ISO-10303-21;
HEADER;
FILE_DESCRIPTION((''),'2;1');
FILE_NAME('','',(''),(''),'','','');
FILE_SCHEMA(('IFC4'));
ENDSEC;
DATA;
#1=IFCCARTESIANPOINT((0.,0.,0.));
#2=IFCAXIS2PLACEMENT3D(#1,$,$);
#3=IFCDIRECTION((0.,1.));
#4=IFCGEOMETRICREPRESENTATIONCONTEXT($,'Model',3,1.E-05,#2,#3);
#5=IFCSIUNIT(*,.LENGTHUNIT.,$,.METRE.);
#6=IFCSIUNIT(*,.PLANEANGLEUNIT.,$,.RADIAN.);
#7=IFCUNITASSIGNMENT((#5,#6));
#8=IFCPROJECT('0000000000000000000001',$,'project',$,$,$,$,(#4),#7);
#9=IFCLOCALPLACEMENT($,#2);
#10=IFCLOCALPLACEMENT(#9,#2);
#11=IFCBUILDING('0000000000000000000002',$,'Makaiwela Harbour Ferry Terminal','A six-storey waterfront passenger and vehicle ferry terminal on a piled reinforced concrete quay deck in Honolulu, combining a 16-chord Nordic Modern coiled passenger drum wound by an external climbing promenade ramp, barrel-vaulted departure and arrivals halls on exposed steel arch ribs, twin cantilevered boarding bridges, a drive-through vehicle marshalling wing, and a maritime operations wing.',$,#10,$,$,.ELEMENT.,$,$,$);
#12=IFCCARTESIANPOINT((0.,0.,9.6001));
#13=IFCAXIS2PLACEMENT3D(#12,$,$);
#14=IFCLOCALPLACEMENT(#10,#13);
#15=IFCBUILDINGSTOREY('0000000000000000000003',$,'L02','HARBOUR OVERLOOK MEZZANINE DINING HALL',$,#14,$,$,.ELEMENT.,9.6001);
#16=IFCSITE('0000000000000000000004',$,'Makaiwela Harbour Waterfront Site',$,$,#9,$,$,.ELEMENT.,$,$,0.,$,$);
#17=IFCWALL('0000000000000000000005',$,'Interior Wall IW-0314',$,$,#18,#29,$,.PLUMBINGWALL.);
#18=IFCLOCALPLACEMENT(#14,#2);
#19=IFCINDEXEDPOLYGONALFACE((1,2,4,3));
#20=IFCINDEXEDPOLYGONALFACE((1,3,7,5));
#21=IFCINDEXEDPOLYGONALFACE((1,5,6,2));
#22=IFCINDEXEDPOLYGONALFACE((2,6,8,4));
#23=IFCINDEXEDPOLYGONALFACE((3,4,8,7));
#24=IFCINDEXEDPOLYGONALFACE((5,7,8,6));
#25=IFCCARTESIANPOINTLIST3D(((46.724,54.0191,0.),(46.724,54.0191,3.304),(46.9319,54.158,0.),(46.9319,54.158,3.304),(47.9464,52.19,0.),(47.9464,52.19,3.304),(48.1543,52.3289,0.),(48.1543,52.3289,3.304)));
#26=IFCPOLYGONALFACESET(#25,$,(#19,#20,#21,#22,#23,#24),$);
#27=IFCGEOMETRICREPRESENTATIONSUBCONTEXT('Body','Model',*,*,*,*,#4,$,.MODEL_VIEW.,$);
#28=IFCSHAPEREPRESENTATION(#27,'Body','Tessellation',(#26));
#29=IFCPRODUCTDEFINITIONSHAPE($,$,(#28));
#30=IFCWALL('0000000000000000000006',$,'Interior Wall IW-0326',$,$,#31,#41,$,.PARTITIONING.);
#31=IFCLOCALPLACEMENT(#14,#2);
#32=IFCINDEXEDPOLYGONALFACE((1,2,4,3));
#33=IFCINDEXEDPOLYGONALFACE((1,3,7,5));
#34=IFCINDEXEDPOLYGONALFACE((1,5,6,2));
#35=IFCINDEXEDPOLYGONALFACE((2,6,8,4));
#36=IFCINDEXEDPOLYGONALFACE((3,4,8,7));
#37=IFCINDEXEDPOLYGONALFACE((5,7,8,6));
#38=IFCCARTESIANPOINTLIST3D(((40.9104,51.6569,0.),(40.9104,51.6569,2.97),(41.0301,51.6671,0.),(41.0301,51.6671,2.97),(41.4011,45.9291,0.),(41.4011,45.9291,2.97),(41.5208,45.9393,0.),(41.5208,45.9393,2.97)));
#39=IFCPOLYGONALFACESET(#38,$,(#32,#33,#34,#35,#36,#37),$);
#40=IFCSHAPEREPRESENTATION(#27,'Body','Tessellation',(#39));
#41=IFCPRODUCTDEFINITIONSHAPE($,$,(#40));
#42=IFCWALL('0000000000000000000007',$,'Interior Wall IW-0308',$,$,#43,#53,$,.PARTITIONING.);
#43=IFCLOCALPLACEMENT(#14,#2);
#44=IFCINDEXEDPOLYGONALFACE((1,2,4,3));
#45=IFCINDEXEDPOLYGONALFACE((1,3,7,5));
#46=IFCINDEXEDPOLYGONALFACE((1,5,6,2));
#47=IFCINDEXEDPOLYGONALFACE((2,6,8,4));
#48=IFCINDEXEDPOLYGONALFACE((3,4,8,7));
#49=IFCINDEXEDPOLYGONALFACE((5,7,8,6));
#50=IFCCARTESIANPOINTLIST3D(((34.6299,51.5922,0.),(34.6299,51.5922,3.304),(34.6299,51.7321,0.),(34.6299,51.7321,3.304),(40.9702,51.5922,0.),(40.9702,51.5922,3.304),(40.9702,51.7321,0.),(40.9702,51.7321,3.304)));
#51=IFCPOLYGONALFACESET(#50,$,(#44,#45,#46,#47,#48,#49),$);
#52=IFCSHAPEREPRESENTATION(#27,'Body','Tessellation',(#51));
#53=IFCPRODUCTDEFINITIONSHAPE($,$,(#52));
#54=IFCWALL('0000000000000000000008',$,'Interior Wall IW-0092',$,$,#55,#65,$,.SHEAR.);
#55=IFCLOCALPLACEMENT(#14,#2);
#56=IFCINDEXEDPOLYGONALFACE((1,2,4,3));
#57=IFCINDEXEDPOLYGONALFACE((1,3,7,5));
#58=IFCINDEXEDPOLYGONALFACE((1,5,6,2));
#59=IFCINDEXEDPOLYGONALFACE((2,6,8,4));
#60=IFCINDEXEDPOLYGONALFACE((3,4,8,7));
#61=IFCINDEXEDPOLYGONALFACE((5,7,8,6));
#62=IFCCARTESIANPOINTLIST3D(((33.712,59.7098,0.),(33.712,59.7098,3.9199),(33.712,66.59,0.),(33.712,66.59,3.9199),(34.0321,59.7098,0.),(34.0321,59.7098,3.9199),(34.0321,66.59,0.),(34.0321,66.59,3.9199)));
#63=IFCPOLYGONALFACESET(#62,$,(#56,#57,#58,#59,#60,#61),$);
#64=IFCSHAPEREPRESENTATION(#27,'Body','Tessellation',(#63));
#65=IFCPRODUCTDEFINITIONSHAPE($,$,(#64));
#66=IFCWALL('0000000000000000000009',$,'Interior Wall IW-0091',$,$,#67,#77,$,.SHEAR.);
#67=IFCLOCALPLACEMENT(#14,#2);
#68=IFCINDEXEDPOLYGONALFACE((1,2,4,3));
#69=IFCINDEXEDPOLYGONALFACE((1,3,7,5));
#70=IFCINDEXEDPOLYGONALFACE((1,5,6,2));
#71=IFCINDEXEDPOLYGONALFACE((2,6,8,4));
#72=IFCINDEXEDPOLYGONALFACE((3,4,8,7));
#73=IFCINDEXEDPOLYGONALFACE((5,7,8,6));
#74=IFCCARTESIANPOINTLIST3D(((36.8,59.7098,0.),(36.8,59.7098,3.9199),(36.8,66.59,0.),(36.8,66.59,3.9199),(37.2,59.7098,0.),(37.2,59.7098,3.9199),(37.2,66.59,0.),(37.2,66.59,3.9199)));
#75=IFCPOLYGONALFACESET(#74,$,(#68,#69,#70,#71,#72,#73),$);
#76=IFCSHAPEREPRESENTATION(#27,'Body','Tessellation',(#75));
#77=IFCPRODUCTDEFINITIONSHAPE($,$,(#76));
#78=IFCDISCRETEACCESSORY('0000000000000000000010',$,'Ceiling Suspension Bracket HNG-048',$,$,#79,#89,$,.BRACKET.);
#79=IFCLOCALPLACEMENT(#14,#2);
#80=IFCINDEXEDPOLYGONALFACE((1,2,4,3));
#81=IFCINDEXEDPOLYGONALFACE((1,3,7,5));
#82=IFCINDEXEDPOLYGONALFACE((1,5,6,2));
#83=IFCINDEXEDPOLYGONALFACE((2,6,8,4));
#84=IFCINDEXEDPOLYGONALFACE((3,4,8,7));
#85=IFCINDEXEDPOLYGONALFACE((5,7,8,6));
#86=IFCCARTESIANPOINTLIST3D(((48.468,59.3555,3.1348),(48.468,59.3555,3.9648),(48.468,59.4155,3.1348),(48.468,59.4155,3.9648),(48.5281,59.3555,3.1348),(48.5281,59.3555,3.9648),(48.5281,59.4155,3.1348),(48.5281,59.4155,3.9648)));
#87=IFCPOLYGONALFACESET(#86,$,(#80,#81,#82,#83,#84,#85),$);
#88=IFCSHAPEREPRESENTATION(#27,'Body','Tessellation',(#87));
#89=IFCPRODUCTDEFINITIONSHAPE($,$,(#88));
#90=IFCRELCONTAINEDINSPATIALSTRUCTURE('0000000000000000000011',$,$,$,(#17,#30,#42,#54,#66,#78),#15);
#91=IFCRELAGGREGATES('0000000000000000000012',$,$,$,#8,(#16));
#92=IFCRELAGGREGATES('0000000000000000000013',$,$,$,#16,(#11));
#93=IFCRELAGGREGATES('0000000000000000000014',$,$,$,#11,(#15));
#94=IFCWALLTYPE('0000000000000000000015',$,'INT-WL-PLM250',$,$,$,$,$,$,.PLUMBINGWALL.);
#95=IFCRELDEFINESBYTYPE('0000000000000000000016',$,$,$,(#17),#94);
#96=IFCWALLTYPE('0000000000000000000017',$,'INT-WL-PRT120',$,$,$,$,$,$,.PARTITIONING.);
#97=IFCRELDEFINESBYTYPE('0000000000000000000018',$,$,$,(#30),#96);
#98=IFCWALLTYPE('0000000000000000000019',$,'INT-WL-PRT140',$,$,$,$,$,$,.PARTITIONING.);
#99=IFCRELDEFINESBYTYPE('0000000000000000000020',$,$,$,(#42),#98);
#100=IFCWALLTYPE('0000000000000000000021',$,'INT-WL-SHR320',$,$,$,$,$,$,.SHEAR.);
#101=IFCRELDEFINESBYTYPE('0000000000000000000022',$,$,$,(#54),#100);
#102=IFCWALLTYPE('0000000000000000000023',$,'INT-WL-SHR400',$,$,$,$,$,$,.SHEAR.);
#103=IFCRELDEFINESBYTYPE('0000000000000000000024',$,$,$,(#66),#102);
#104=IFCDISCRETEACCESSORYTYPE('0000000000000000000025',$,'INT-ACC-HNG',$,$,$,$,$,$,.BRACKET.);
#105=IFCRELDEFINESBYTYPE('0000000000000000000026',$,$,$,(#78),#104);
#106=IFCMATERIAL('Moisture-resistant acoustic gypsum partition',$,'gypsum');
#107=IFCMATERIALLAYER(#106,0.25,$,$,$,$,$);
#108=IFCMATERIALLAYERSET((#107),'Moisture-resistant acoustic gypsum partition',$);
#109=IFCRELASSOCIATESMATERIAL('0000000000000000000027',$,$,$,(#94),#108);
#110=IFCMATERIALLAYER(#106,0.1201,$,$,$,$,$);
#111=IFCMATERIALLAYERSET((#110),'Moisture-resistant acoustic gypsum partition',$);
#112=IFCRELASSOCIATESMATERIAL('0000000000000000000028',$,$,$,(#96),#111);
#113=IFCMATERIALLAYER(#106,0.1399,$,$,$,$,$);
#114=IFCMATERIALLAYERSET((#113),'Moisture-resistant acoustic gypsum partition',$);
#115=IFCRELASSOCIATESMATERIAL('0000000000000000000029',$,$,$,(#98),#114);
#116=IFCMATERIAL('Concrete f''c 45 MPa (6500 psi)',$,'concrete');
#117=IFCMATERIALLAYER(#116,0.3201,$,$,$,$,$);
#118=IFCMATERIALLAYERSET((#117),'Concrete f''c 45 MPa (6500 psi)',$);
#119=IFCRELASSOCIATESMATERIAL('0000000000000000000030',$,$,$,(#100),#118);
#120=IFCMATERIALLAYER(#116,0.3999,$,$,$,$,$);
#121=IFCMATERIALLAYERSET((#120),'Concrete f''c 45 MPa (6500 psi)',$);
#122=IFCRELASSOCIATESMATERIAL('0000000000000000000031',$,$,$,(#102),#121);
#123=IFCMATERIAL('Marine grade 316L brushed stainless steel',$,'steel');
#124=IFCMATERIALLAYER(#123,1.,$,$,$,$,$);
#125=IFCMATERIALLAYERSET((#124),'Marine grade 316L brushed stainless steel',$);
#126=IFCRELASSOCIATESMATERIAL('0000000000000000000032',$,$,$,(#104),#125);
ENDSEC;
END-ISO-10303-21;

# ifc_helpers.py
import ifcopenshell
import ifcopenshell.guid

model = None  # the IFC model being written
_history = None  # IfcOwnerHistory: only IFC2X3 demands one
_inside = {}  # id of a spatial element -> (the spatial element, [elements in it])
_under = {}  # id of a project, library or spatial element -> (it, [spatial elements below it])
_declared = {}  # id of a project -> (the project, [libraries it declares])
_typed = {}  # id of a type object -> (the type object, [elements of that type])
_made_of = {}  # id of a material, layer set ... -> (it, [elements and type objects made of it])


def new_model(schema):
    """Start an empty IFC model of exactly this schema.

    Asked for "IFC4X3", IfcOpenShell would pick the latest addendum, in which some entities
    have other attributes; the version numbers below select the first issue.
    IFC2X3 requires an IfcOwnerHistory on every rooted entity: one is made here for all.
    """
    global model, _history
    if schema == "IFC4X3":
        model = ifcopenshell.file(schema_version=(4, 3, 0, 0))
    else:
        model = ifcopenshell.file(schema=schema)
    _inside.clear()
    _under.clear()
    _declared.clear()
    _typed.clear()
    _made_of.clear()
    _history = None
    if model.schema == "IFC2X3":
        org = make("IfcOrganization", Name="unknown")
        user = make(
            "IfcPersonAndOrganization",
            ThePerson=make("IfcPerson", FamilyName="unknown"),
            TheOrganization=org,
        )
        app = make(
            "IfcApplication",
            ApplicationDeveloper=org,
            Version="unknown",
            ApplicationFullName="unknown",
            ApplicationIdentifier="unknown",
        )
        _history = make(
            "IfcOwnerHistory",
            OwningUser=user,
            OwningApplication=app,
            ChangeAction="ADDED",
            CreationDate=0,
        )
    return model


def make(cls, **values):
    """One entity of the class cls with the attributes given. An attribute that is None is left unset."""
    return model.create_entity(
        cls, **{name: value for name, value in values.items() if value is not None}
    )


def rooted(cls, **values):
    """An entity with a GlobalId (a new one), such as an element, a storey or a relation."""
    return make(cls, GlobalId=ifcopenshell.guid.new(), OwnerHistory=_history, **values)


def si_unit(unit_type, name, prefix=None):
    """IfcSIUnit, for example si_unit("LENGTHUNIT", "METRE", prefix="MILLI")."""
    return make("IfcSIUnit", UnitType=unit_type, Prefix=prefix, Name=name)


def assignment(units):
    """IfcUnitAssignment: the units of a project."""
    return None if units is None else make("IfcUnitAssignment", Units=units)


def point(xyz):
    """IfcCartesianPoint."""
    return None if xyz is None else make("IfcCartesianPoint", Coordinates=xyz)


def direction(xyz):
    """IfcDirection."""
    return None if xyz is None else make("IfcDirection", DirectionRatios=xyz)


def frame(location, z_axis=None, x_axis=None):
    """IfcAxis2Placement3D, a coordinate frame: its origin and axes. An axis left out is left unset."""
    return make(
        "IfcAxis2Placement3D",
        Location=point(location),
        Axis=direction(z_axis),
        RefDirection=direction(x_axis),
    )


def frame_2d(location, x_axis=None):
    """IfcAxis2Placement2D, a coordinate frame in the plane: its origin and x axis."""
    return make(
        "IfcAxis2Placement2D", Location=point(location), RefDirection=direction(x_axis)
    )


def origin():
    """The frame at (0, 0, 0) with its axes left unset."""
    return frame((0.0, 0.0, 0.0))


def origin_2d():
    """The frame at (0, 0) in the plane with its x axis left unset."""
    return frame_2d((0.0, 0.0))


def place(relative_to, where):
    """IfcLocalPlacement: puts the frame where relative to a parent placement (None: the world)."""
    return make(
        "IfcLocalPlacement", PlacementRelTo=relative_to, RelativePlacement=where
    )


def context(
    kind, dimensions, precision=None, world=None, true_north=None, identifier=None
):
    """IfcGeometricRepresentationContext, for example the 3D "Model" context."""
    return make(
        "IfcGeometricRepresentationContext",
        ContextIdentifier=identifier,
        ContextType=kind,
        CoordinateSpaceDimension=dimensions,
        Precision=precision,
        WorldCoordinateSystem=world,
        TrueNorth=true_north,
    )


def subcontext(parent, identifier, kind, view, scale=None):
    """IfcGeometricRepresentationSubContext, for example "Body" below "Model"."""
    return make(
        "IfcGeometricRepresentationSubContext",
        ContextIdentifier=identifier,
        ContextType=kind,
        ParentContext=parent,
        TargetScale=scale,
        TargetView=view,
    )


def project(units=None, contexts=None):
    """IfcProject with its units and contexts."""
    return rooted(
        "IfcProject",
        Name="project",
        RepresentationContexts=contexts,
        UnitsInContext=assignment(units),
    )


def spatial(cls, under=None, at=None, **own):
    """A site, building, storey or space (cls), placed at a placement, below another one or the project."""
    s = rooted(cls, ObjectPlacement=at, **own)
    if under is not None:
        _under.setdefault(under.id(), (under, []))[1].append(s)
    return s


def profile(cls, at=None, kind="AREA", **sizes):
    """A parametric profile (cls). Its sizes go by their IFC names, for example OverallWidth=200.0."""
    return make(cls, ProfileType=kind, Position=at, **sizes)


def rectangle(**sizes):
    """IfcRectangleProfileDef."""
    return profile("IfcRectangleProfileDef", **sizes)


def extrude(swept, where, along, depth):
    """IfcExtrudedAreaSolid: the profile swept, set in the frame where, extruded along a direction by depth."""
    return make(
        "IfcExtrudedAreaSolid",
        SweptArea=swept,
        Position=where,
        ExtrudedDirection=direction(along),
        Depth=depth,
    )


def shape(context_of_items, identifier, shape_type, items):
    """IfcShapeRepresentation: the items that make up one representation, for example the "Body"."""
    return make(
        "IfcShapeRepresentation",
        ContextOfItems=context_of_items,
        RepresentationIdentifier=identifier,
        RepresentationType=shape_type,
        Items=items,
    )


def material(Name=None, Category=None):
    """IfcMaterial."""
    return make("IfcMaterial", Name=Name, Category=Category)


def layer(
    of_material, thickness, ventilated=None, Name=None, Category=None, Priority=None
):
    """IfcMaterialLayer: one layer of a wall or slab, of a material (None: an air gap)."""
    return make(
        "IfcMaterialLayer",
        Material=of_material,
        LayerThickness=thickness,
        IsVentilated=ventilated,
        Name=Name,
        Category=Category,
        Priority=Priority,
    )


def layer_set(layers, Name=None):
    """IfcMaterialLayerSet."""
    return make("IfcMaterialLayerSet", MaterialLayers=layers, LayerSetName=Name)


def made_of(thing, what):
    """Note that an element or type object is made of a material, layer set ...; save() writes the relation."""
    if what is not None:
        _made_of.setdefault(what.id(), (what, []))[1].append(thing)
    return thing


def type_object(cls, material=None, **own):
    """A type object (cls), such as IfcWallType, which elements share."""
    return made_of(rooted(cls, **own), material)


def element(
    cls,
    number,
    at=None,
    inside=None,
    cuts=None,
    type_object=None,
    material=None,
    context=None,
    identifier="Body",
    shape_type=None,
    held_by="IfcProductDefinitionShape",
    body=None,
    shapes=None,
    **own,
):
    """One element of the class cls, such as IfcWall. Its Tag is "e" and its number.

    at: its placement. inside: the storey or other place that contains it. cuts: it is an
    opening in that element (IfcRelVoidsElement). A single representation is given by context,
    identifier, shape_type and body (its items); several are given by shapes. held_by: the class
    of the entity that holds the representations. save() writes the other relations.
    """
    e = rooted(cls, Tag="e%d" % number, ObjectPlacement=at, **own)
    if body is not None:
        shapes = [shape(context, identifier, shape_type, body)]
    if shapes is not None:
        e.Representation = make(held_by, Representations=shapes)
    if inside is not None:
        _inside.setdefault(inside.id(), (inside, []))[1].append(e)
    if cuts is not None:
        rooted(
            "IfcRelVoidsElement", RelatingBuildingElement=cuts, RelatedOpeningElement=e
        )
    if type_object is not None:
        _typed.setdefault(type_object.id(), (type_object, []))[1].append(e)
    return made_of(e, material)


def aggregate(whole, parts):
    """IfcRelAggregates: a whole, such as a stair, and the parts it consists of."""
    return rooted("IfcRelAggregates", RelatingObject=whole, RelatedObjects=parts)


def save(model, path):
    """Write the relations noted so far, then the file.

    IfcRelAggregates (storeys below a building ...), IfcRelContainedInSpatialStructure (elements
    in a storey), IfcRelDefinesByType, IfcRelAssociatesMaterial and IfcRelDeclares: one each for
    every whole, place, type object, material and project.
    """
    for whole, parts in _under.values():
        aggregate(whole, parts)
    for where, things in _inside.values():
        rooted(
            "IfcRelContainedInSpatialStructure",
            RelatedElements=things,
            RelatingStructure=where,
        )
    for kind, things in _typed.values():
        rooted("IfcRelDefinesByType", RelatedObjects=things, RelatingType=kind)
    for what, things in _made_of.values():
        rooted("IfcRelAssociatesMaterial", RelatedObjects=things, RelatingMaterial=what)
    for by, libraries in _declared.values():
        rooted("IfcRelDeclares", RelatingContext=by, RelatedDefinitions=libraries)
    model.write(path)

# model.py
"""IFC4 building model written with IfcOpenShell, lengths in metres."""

from ifc_helpers import new_model, si_unit, direction, frame, frame_2d, origin, origin_2d, place, context, subcontext, project, spatial, rectangle, extrude, material, layer, layer_set, type_object, element, save


model = new_model("IFC4")

# Units and contexts
model_context = context("Model", 3, precision=1e-05, world=origin(), true_north=direction((0.0, 1.0)))
body_context = subcontext(model_context, "Body", "Model", "MODEL_VIEW")
ifc_project = project(units=[si_unit("LENGTHUNIT", "METRE"), si_unit("PLANEANGLEUNIT", "RADIAN")], contexts=[model_context])

# Site, building, storey
site_placement = place(None, origin())
site = spatial("IfcSite", under=ifc_project, at=site_placement, Name="Makaiwela Harbour Waterfront Site", CompositionType="ELEMENT", RefElevation=0.0)
building_placement = place(site_placement, origin())
building = spatial("IfcBuilding", under=site, at=building_placement, Name="Makaiwela Harbour Ferry Terminal", Description="A six-storey waterfront passenger and vehicle ferry terminal on a piled reinforced concrete quay deck in Honolulu, combining a 16-chord Nordic Modern coiled passenger drum wound by an external climbing promenade ramp, barrel-vaulted departure and arrivals halls on exposed steel arch ribs, twin cantilevered boarding bridges, a drive-through vehicle marshalling wing, and a maritime operations wing.", CompositionType="ELEMENT")
storey_placement = place(building_placement, frame((0.0, 0.0, 9.6001)))
storey = spatial("IfcBuildingStorey", under=building, at=storey_placement, Name="L02", Description="HARBOUR OVERLOOK MEZZANINE DINING HALL", CompositionType="ELEMENT", Elevation=9.6001)

# Shared definitions
ifc_material_1 = material(Name="Moisture-resistant acoustic gypsum partition", Category="gypsum")
ifc_layer_1 = layer(ifc_material_1, 0.25)
ifc_layer_set_1 = layer_set([ifc_layer_1], Name="Moisture-resistant acoustic gypsum partition")
wall_type_1 = type_object("IfcWallType", Name="INT-WL-PLM250", PredefinedType="PLUMBINGWALL", material=ifc_layer_set_1)

# Walls
wall_1_placement = place(storey_placement, frame((46.8279, 54.0886, 0.0), z_axis=(0.0, 0.0, 1.0), x_axis=(0.555647, -0.831418, 0.0)))
element("IfcWall", 1, at=wall_1_placement, inside=storey, type_object=wall_type_1, Name="Interior Wall IW-0314", PredefinedType="PLUMBINGWALL", context=body_context, shape_type="SweptSolid", body=[
    extrude(rectangle(XDim=2.2, YDim=0.25, at=frame_2d((1.1001, 0.0))), origin(), (0.0, 0.0, 1.0), 3.304),
])
ifc_layer_2 = layer(ifc_material_1, 0.1201)
ifc_layer_set_2 = layer_set([ifc_layer_2], Name="Moisture-resistant acoustic gypsum partition")
wall_type_2 = type_object("IfcWallType", Name="INT-WL-PRT120", PredefinedType="PARTITIONING", material=ifc_layer_set_2)
wall_2_placement = place(storey_placement, frame((40.9702, 51.6621, 0.0), z_axis=(0.0, 0.0, 1.0), x_axis=(0.085361, -0.99635, 0.0)))
element("IfcWall", 2, at=wall_2_placement, inside=storey, type_object=wall_type_2, Name="Interior Wall IW-0326", PredefinedType="PARTITIONING", context=body_context, shape_type="SweptSolid", body=[
    extrude(rectangle(XDim=5.7488, YDim=0.1201, at=frame_2d((2.8745, 0.0))), origin(), (0.0, 0.0, 1.0), 2.97),
])
ifc_layer_3 = layer(ifc_material_1, 0.1399)
ifc_layer_set_3 = layer_set([ifc_layer_3], Name="Moisture-resistant acoustic gypsum partition")
wall_type_3 = type_object("IfcWallType", Name="INT-WL-PRT140", PredefinedType="PARTITIONING", material=ifc_layer_set_3)
wall_3_placement = place(storey_placement, frame((34.6299, 51.6621, 0.0), z_axis=(0.0, 0.0, 1.0), x_axis=(1.0, 0.0, 0.0)))
element("IfcWall", 3, at=wall_3_placement, inside=storey, type_object=wall_type_3, Name="Interior Wall IW-0308", PredefinedType="PARTITIONING", context=body_context, shape_type="SweptSolid", body=[
    extrude(rectangle(XDim=6.3403, YDim=0.1399, at=frame_2d((3.1702, 0.0))), origin(), (0.0, 0.0, 1.0), 3.304),
])
ifc_material_2 = material(Name="Concrete f'c 45 MPa (6500 psi)", Category="concrete")
ifc_layer_4 = layer(ifc_material_2, 0.3201)
ifc_layer_set_4 = layer_set([ifc_layer_4], Name="Concrete f'c 45 MPa (6500 psi)")
wall_type_4 = type_object("IfcWallType", Name="INT-WL-SHR320", PredefinedType="SHEAR", material=ifc_layer_set_4)
wall_4_placement = place(storey_placement, frame((33.8721, 59.71, 0.0), z_axis=(0.0, 0.0, 1.0), x_axis=(0.0, 1.0, 0.0)))
element("IfcWall", 4, at=wall_4_placement, inside=storey, type_object=wall_type_4, Name="Interior Wall IW-0092", PredefinedType="SHEAR", context=body_context, shape_type="SweptSolid", body=[
    extrude(rectangle(XDim=6.8801, YDim=0.3201, at=frame_2d((3.4399, 0.0))), origin(), (0.0, 0.0, 1.0), 3.9199),
])
ifc_layer_5 = layer(ifc_material_2, 0.3999)
ifc_layer_set_5 = layer_set([ifc_layer_5], Name="Concrete f'c 45 MPa (6500 psi)")
wall_type_5 = type_object("IfcWallType", Name="INT-WL-SHR400", PredefinedType="SHEAR", material=ifc_layer_set_5)
wall_5_placement = place(storey_placement, frame((37.0, 59.71, 0.0), z_axis=(0.0, 0.0, 1.0), x_axis=(0.0, 1.0, 0.0)))
element("IfcWall", 5, at=wall_5_placement, inside=storey, type_object=wall_type_5, Name="Interior Wall IW-0091", PredefinedType="SHEAR", context=body_context, shape_type="SweptSolid", body=[
    extrude(rectangle(XDim=6.8801, YDim=0.3999, at=frame_2d((3.4399, 0.0))), origin(), (0.0, 0.0, 1.0), 3.9199),
])

# Discrete accessory
ifc_material_3 = material(Name="Marine grade 316L brushed stainless steel", Category="steel")
ifc_layer_6 = layer(ifc_material_3, 1.0)
ifc_layer_set_6 = layer_set([ifc_layer_6], Name="Marine grade 316L brushed stainless steel")
discrete_accessory_type = type_object("IfcDiscreteAccessoryType", Name="INT-ACC-HNG", PredefinedType="BRACKET", material=ifc_layer_set_6)
discrete_accessory_placement = place(storey_placement, frame((48.498, 59.3855, 3.1348), z_axis=(0.0, 0.0, 1.0), x_axis=(1.0, 0.0, 0.0)))
element("IfcDiscreteAccessory", 6, at=discrete_accessory_placement, inside=storey, type_object=discrete_accessory_type, Name="Ceiling Suspension Bracket HNG-048", PredefinedType="BRACKET", context=body_context, shape_type="SweptSolid", body=[
    extrude(rectangle(XDim=0.0601, YDim=0.0601, at=origin_2d()), origin(), (0.0, 0.0, 1.0), 0.8301),
])

save(model, "model.ifc")
